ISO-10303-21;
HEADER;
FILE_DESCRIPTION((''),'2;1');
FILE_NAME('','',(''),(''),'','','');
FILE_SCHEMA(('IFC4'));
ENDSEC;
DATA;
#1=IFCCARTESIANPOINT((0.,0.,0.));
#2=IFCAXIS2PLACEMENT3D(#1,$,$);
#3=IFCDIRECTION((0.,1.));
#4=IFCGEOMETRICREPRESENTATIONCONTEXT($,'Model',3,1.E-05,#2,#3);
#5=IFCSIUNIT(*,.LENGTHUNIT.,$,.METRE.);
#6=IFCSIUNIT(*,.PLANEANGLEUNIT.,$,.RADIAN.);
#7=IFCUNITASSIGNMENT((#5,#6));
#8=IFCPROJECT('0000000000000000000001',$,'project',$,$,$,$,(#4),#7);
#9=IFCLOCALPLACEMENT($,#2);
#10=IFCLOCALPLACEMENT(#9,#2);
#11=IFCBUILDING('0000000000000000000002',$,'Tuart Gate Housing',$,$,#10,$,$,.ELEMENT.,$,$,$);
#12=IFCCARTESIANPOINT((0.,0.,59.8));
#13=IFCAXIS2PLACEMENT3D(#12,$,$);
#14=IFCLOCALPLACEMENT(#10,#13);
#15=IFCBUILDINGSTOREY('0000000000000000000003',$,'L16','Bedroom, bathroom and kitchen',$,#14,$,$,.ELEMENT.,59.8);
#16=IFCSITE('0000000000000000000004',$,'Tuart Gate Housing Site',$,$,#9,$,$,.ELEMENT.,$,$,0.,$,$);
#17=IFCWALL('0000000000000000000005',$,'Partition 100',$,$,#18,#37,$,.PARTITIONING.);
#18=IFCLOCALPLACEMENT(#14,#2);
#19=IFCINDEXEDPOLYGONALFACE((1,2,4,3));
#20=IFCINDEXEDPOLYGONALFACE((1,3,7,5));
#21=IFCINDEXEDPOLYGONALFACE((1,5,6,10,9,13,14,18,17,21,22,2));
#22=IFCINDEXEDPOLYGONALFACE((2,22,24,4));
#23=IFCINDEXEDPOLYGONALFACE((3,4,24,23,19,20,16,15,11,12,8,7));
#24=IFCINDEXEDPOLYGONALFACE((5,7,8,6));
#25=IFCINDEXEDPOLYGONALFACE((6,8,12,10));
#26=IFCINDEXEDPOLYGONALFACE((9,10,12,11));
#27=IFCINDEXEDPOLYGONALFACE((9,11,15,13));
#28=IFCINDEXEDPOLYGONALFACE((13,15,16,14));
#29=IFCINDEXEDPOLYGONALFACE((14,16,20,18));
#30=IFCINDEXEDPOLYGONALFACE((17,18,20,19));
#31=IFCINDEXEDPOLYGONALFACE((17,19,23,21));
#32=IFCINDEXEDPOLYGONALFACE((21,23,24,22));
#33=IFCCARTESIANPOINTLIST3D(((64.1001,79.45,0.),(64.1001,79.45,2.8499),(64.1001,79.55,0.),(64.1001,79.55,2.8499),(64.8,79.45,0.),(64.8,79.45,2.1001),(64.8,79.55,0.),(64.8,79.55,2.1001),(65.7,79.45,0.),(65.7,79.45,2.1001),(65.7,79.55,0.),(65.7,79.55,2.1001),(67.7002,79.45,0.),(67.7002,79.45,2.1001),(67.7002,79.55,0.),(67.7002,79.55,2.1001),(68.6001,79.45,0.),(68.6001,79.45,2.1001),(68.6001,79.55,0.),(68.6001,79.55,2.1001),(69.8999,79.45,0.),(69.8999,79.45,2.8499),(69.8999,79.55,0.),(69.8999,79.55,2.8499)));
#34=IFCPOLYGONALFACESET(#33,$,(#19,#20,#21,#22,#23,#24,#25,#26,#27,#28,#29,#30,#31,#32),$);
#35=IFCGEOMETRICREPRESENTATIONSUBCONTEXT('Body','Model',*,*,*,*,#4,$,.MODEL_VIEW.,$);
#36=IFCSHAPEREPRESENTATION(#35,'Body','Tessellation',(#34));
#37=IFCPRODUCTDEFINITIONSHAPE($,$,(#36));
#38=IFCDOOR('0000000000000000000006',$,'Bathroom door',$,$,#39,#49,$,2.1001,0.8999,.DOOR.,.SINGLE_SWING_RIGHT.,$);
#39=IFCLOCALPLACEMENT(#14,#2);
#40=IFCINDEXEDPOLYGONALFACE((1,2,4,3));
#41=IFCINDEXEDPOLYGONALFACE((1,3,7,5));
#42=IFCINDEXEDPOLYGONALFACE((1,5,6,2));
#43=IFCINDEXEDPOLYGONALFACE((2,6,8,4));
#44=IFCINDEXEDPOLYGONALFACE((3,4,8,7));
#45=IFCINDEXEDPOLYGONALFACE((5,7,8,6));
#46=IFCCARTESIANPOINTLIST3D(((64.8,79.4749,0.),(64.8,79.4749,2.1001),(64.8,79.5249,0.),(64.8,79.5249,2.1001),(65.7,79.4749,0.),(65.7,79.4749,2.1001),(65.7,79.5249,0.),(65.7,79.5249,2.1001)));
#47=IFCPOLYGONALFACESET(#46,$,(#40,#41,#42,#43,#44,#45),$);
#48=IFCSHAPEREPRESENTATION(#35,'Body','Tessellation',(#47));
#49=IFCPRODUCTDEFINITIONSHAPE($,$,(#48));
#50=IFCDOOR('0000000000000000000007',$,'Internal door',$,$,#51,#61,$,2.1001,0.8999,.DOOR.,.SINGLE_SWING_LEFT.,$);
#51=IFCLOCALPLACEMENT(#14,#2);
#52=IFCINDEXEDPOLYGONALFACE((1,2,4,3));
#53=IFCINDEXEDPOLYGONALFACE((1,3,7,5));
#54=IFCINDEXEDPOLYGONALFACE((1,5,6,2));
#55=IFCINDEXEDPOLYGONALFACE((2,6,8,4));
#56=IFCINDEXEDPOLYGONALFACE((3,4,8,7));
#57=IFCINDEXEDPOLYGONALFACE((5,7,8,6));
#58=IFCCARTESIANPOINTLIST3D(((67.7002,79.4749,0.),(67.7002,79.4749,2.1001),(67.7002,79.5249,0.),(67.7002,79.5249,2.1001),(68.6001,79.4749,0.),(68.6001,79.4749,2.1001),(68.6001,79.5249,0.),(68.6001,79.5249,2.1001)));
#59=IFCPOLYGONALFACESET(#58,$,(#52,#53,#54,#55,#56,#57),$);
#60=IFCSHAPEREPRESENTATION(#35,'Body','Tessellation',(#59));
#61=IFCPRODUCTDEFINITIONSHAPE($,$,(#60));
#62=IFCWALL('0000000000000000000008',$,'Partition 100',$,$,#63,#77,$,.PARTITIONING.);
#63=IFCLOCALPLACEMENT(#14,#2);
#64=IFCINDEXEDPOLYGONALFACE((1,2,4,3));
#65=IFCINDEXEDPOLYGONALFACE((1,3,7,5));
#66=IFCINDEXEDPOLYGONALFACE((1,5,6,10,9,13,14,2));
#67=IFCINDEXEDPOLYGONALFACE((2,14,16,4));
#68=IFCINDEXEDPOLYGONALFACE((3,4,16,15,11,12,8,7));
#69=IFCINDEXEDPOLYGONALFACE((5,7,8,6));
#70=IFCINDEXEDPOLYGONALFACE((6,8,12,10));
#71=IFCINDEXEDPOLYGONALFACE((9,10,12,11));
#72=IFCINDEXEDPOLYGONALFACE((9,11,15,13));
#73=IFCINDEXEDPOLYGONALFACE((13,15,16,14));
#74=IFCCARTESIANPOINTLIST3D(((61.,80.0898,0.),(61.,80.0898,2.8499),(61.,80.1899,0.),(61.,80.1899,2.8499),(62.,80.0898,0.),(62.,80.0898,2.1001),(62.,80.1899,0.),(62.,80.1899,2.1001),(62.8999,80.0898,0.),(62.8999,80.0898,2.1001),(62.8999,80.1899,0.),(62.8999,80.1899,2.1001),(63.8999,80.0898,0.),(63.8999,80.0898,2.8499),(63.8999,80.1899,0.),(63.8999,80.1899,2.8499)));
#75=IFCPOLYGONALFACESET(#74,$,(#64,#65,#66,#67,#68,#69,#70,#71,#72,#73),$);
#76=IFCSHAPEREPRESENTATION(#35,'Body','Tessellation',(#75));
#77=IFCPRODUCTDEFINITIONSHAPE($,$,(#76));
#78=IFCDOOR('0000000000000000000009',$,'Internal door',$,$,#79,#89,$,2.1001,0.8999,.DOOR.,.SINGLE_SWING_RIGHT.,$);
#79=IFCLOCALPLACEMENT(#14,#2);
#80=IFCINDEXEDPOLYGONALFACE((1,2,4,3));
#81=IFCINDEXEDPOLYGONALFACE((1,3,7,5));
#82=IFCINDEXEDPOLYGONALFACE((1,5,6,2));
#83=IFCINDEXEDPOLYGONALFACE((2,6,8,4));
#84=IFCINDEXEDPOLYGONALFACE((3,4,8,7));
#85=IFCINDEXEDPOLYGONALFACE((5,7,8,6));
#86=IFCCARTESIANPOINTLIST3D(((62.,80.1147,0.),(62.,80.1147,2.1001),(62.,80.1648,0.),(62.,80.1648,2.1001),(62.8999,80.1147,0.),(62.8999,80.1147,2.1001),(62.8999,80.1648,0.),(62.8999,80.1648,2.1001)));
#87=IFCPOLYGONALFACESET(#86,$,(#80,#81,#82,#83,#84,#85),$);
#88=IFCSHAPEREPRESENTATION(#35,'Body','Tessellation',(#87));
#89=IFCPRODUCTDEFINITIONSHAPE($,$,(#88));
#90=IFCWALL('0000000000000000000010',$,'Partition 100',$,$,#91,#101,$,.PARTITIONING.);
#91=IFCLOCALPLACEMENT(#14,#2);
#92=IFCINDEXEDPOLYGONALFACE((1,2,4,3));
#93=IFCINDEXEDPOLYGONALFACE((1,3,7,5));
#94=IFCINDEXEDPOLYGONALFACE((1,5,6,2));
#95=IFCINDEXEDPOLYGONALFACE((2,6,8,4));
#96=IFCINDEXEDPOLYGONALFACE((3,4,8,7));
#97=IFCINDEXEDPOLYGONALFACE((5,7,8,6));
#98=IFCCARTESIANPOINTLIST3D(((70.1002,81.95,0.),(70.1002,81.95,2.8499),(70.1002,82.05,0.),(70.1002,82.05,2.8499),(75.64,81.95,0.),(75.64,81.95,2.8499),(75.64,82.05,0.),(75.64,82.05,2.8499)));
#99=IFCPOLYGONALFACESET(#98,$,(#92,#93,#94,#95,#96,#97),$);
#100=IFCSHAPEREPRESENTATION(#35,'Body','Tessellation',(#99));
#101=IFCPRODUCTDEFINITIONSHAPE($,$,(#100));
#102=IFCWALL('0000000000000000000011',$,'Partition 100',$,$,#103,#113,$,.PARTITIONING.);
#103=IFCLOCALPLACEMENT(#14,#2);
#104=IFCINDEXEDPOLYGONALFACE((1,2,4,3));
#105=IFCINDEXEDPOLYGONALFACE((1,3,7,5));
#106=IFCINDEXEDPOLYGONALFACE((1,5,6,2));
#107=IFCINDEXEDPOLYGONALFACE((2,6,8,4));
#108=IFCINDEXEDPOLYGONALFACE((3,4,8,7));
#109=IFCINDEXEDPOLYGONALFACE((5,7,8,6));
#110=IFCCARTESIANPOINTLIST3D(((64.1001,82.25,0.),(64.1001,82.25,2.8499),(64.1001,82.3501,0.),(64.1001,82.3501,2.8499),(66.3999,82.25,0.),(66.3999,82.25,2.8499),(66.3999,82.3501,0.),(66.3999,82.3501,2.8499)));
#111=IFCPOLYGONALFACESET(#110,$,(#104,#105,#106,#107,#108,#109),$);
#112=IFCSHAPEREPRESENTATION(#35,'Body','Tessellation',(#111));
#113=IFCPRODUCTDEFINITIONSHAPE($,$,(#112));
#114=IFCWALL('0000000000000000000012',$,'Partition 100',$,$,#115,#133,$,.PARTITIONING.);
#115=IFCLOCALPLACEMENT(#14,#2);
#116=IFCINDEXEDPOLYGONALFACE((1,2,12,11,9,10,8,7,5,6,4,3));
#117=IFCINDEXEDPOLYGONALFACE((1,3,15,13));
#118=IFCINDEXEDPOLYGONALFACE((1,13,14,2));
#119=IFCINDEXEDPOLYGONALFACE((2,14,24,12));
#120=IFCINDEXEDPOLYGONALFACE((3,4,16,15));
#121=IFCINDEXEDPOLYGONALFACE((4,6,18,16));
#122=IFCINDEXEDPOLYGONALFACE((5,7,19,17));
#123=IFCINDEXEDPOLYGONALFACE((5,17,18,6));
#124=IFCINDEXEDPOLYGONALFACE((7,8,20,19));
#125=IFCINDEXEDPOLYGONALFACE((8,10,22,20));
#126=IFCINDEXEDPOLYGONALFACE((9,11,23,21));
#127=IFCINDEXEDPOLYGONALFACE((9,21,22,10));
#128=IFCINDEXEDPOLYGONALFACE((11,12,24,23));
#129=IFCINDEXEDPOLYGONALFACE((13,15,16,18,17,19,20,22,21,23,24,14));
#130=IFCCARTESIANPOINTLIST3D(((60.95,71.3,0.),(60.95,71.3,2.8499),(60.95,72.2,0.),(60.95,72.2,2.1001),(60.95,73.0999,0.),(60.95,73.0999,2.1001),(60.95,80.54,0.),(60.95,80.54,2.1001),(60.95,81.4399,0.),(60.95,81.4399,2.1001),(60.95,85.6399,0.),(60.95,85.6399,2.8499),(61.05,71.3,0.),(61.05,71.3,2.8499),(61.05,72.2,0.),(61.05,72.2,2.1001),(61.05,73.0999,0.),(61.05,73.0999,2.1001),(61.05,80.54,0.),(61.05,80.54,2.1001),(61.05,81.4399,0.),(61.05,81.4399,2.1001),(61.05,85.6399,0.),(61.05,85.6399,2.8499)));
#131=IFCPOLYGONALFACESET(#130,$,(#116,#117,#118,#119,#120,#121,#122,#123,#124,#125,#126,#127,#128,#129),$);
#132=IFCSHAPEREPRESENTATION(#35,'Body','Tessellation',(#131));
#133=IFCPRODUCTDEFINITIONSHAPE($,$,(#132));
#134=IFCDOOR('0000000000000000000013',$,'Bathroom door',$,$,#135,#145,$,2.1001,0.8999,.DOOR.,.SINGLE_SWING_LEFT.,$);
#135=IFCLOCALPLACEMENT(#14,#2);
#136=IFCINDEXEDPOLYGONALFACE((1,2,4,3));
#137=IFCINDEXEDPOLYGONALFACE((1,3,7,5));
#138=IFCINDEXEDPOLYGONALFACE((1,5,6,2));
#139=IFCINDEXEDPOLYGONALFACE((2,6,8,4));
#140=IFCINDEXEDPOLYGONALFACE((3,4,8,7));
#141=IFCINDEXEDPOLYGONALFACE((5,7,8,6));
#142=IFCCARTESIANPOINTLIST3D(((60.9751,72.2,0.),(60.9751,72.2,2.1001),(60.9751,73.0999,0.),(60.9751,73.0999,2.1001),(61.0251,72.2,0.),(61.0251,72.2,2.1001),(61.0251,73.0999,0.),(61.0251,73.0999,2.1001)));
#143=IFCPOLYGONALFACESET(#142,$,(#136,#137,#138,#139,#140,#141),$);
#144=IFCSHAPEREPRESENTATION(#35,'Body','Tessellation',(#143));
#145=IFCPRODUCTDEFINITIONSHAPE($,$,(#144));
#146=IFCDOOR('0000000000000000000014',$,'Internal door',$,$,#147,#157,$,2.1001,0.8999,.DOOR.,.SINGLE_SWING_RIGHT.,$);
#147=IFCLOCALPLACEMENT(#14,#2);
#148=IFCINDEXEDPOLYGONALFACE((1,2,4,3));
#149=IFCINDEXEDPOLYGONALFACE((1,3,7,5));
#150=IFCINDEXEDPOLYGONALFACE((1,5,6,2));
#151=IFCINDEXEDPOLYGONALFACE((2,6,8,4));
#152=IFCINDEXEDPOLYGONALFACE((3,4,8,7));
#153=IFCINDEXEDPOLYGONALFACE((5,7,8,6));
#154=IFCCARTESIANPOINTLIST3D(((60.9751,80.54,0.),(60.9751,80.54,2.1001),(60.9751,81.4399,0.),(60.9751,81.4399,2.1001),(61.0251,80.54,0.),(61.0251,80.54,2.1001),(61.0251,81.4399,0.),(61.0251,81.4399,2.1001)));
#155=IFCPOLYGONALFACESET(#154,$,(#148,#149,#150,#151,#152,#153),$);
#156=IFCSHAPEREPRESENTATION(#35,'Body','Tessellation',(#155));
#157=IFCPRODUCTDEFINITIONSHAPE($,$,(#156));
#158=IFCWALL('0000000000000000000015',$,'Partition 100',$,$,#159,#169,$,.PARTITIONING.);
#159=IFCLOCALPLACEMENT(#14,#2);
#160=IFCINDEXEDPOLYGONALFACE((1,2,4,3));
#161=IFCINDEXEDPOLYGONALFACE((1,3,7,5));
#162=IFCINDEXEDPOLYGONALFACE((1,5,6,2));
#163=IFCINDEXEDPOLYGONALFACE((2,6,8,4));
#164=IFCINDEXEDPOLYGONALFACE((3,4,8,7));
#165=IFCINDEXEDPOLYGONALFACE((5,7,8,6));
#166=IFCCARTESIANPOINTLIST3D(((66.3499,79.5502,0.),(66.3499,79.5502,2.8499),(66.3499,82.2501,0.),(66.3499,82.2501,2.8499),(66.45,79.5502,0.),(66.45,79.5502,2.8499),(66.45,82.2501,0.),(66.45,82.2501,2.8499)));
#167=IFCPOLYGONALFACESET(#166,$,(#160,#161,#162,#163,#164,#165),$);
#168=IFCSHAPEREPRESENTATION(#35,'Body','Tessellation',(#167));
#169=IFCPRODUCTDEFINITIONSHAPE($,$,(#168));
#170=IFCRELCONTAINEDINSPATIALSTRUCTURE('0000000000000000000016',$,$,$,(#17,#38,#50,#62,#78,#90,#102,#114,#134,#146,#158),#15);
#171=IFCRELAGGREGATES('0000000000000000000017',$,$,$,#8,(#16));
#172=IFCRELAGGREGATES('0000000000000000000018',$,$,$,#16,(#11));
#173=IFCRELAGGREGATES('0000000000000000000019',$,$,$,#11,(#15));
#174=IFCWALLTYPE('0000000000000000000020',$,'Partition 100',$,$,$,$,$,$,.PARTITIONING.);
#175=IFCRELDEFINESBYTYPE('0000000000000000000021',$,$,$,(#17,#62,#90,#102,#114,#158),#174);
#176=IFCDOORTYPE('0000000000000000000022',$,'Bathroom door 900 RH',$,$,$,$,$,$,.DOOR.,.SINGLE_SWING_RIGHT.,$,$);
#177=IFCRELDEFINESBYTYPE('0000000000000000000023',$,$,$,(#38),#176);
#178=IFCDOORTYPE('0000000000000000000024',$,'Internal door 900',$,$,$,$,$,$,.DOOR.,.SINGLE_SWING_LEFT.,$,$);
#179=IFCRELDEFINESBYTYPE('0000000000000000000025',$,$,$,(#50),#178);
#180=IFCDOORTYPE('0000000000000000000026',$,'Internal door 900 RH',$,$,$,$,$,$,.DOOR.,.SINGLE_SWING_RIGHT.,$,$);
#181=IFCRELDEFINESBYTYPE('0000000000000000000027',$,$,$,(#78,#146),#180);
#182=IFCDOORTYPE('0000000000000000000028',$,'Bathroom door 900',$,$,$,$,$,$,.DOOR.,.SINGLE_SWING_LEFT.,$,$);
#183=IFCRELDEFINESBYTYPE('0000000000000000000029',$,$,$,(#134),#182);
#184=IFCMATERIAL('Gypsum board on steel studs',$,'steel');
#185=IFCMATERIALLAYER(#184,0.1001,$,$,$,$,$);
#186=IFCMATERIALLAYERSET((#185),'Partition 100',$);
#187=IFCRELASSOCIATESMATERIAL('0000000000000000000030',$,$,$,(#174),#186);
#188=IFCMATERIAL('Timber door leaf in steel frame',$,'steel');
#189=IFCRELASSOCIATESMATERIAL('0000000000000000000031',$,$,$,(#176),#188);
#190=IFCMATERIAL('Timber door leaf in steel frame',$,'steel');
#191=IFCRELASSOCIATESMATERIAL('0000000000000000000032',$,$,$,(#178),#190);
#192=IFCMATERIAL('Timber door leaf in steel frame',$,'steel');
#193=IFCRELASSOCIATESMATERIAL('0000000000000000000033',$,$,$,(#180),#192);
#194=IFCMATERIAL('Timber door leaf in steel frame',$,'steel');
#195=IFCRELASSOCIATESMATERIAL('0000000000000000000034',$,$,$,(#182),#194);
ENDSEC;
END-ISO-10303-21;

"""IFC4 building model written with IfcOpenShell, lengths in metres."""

from ifc_helpers import new_model, si_unit, direction, frame, frame_2d, origin, place, context, subcontext, project, spatial, rectangle, extrude, material, layer, layer_set, type_object, element, fill, save


model = new_model("IFC4")

# Units and contexts
model_context = context("Model", 3, precision=1e-05, world=origin(), true_north=direction((0.0, 1.0)))
body_context = subcontext(model_context, "Body", "Model", "MODEL_VIEW")
ifc_project = project(units=[si_unit("LENGTHUNIT", "METRE"), si_unit("PLANEANGLEUNIT", "RADIAN")], contexts=[model_context])

# Site, building, storey
site_placement = place(None, origin())
site = spatial("IfcSite", under=ifc_project, at=site_placement, Name="Tuart Gate Housing Site", CompositionType="ELEMENT", RefElevation=0.0)
building_placement = place(site_placement, origin())
building = spatial("IfcBuilding", under=site, at=building_placement, Name="Tuart Gate Housing", CompositionType="ELEMENT")
storey_placement = place(building_placement, frame((0.0, 0.0, 59.8)))
storey = spatial("IfcBuildingStorey", under=building, at=storey_placement, Name="L16", Description="Bedroom, bathroom and kitchen", CompositionType="ELEMENT", Elevation=59.8)

# Wall, openings, doors
ifc_material_1 = material(Name="Gypsum board on steel studs", Category="steel")
ifc_layer_1 = layer(ifc_material_1, 0.1001)
ifc_layer_set_1 = layer_set([ifc_layer_1], Name="Partition 100")
wall_type_1 = type_object("IfcWallType", Name="Partition 100", PredefinedType="PARTITIONING", material=ifc_layer_set_1)
wall_1_placement = place(storey_placement, frame((64.1001, 79.5, 0.0), z_axis=(0.0, 0.0, 1.0), x_axis=(1.0, 0.0, 0.0)))
wall_1 = element("IfcWall", 1, at=wall_1_placement, inside=storey, type_object=wall_type_1, Name="Partition 100", PredefinedType="PARTITIONING", context=body_context, shape_type="SweptSolid", body=[
    extrude(rectangle(XDim=5.7998, YDim=0.1001, at=frame_2d((2.8999, 0.0))), origin(), (0.0, 0.0, 1.0), 2.8499),
])
opening_1_placement = place(wall_1_placement, frame((3.6001, 0.0, 0.0)))
opening_1 = element("IfcOpeningElement", 2, at=opening_1_placement, cuts=wall_1, PredefinedType="OPENING", context=body_context, shape_type="SweptSolid", body=[
    extrude(rectangle(XDim=0.8999, YDim=2.1001, at=frame_2d((0.45, 1.05))), frame((0.0, 0.0601, 0.0), z_axis=(0.0, -1.0, 0.0), x_axis=(1.0, 0.0, 0.0)), (0.0, 0.0, 1.0), 0.1201),
])
opening_2_placement = place(wall_1_placement, frame((0.7, 0.0, 0.0)))
opening_2 = element("IfcOpeningElement", 3, at=opening_2_placement, cuts=wall_1, PredefinedType="OPENING", context=body_context, shape_type="SweptSolid", body=[
    extrude(rectangle(XDim=0.8999, YDim=2.1001, at=frame_2d((0.45, 1.05))), frame((0.0, 0.0601, 0.0), z_axis=(0.0, -1.0, 0.0), x_axis=(1.0, 0.0, 0.0)), (0.0, 0.0, 1.0), 0.1201),
])
ifc_material_2 = material(Name="Timber door leaf in steel frame", Category="steel")
door_type_1 = type_object("IfcDoorType", Name="Bathroom door 900 RH", OperationType="SINGLE_SWING_RIGHT", PredefinedType="DOOR", material=ifc_material_2)
door_1_placement = place(opening_2_placement, origin())
door_1 = element("IfcDoor", 4, at=door_1_placement, inside=storey, type_object=door_type_1, Name="Bathroom door", OperationType="SINGLE_SWING_RIGHT", OverallHeight=2.1001, OverallWidth=0.8999, PredefinedType="DOOR", context=body_context, shape_type="SweptSolid", body=[
    extrude(rectangle(XDim=0.8999, YDim=2.1001, at=frame_2d((0.45, 1.05))), frame((0.0, 0.0249, 0.0), z_axis=(0.0, -1.0, 0.0), x_axis=(1.0, 0.0, 0.0)), (0.0, 0.0, 1.0), 0.05),
])
fill(opening_2, door_1)
ifc_material_3 = material(Name="Timber door leaf in steel frame", Category="steel")
door_type_2 = type_object("IfcDoorType", Name="Internal door 900", OperationType="SINGLE_SWING_LEFT", PredefinedType="DOOR", material=ifc_material_3)
door_2_placement = place(opening_1_placement, frame((0.8999, 0.0, 0.0), z_axis=(0.0, 0.0, 1.0), x_axis=(-1.0, 0.0, 0.0)))
door_2 = element("IfcDoor", 5, at=door_2_placement, inside=storey, type_object=door_type_2, Name="Internal door", OperationType="SINGLE_SWING_LEFT", OverallHeight=2.1001, OverallWidth=0.8999, PredefinedType="DOOR", context=body_context, shape_type="SweptSolid", body=[
    extrude(rectangle(XDim=0.8999, YDim=2.1001, at=frame_2d((0.45, 1.05))), frame((0.0, 0.0251, 0.0), z_axis=(0.0, -1.0, 0.0), x_axis=(1.0, 0.0, 0.0)), (0.0, 0.0, 1.0), 0.05),
])
fill(opening_1, door_2)

# Wall, opening, door
wall_2_placement = place(storey_placement, frame((61.0, 80.1399, 0.0), z_axis=(0.0, 0.0, 1.0), x_axis=(1.0, 0.0, 0.0)))
wall_2 = element("IfcWall", 6, at=wall_2_placement, inside=storey, type_object=wall_type_1, Name="Partition 100", PredefinedType="PARTITIONING", context=body_context, shape_type="SweptSolid", body=[
    extrude(rectangle(XDim=2.8999, YDim=0.1001, at=frame_2d((1.45, 0.0))), origin(), (0.0, 0.0, 1.0), 2.8499),
])
opening_3_placement = place(wall_2_placement, frame((1.0, 0.0, 0.0)))
opening_3 = element("IfcOpeningElement", 7, at=opening_3_placement, cuts=wall_2, PredefinedType="OPENING", context=body_context, shape_type="SweptSolid", body=[
    extrude(rectangle(XDim=0.8999, YDim=2.1001, at=frame_2d((0.45, 1.05))), frame((0.0, 0.0601, 0.0), z_axis=(0.0, -1.0, 0.0), x_axis=(1.0, 0.0, 0.0)), (0.0, 0.0, 1.0), 0.1201),
])
ifc_material_4 = material(Name="Timber door leaf in steel frame", Category="steel")
door_type_3 = type_object("IfcDoorType", Name="Internal door 900 RH", OperationType="SINGLE_SWING_RIGHT", PredefinedType="DOOR", material=ifc_material_4)
door_3_placement = place(opening_3_placement, frame((0.8999, 0.0, 0.0), z_axis=(0.0, 0.0, 1.0), x_axis=(-1.0, 0.0, 0.0)))
door_3 = element("IfcDoor", 8, at=door_3_placement, inside=storey, type_object=door_type_3, Name="Internal door", OperationType="SINGLE_SWING_RIGHT", OverallHeight=2.1001, OverallWidth=0.8999, PredefinedType="DOOR", context=body_context, shape_type="SweptSolid", body=[
    extrude(rectangle(XDim=0.8999, YDim=2.1001, at=frame_2d((0.45, 1.05))), frame((0.0, 0.0251, 0.0), z_axis=(0.0, -1.0, 0.0), x_axis=(1.0, 0.0, 0.0)), (0.0, 0.0, 1.0), 0.05),
])
fill(opening_3, door_3)

# Walls
wall_3_placement = place(storey_placement, frame((70.1001, 82.0, 0.0), z_axis=(0.0, 0.0, 1.0), x_axis=(1.0, 0.0, 0.0)))
element("IfcWall", 9, at=wall_3_placement, inside=storey, type_object=wall_type_1, Name="Partition 100", PredefinedType="PARTITIONING", context=body_context, shape_type="SweptSolid", body=[
    extrude(rectangle(XDim=5.5398, YDim=0.1001, at=frame_2d((2.77, 0.0))), origin(), (0.0, 0.0, 1.0), 2.8499),
])
wall_4_placement = place(storey_placement, frame((64.1001, 82.3, 0.0), z_axis=(0.0, 0.0, 1.0), x_axis=(1.0, 0.0, 0.0)))
element("IfcWall", 10, at=wall_4_placement, inside=storey, type_object=wall_type_1, Name="Partition 100", PredefinedType="PARTITIONING", context=body_context, shape_type="SweptSolid", body=[
    extrude(rectangle(XDim=2.2998, YDim=0.1001, at=frame_2d((1.1499, 0.0))), origin(), (0.0, 0.0, 1.0), 2.8499),
])

# Wall, openings, doors
wall_5_placement = place(storey_placement, frame((61.0, 71.3, 0.0), z_axis=(0.0, 0.0, 1.0), x_axis=(0.0, 1.0, 0.0)))
wall_5 = element("IfcWall", 11, at=wall_5_placement, inside=storey, type_object=wall_type_1, Name="Partition 100", PredefinedType="PARTITIONING", context=body_context, shape_type="SweptSolid", body=[
    extrude(rectangle(XDim=14.3398, YDim=0.1001, at=frame_2d((7.1699, 0.0))), origin(), (0.0, 0.0, 1.0), 2.8499),
])
opening_4_placement = place(wall_5_placement, frame((9.24, 0.0, 0.0)))
opening_4 = element("IfcOpeningElement", 12, at=opening_4_placement, cuts=wall_5, PredefinedType="OPENING", context=body_context, shape_type="SweptSolid", body=[
    extrude(rectangle(XDim=0.8999, YDim=2.1001, at=frame_2d((0.45, 1.05))), frame((0.0, 0.0601, 0.0), z_axis=(0.0, -1.0, 0.0), x_axis=(1.0, 0.0, 0.0)), (0.0, 0.0, 1.0), 0.1201),
])
opening_5_placement = place(wall_5_placement, frame((0.8999, 0.0, 0.0)))
opening_5 = element("IfcOpeningElement", 13, at=opening_5_placement, cuts=wall_5, PredefinedType="OPENING", context=body_context, shape_type="SweptSolid", body=[
    extrude(rectangle(XDim=0.8999, YDim=2.1001, at=frame_2d((0.45, 1.05))), frame((0.0, 0.0601, 0.0), z_axis=(0.0, -1.0, 0.0), x_axis=(1.0, 0.0, 0.0)), (0.0, 0.0, 1.0), 0.1201),
])
ifc_material_5 = material(Name="Timber door leaf in steel frame", Category="steel")
door_type_4 = type_object("IfcDoorType", Name="Bathroom door 900", OperationType="SINGLE_SWING_LEFT", PredefinedType="DOOR", material=ifc_material_5)
door_4_placement = place(opening_5_placement, origin())
door_4 = element("IfcDoor", 14, at=door_4_placement, inside=storey, type_object=door_type_4, Name="Bathroom door", OperationType="SINGLE_SWING_LEFT", OverallHeight=2.1001, OverallWidth=0.8999, PredefinedType="DOOR", context=body_context, shape_type="SweptSolid", body=[
    extrude(rectangle(XDim=0.8999, YDim=2.1001, at=frame_2d((0.45, 1.05))), frame((0.0, 0.0249, 0.0), z_axis=(0.0, -1.0, 0.0), x_axis=(1.0, 0.0, 0.0)), (0.0, 0.0, 1.0), 0.05),
])
fill(opening_5, door_4)
door_5_placement = place(opening_4_placement, origin())
door_5 = element("IfcDoor", 15, at=door_5_placement, inside=storey, type_object=door_type_3, Name="Internal door", OperationType="SINGLE_SWING_RIGHT", OverallHeight=2.1001, OverallWidth=0.8999, PredefinedType="DOOR", context=body_context, shape_type="SweptSolid", body=[
    extrude(rectangle(XDim=0.8999, YDim=2.1001, at=frame_2d((0.45, 1.05))), frame((0.0, 0.0249, 0.0), z_axis=(0.0, -1.0, 0.0), x_axis=(1.0, 0.0, 0.0)), (0.0, 0.0, 1.0), 0.05),
])
fill(opening_4, door_5)

# Wall
wall_6_placement = place(storey_placement, frame((66.3999, 79.55, 0.0), z_axis=(0.0, 0.0, 1.0), x_axis=(0.0, 1.0, 0.0)))
element("IfcWall", 16, at=wall_6_placement, inside=storey, type_object=wall_type_1, Name="Partition 100", PredefinedType="PARTITIONING", context=body_context, shape_type="SweptSolid", body=[
    extrude(rectangle(XDim=2.7, YDim=0.1001, at=frame_2d((1.3501, 0.0))), origin(), (0.0, 0.0, 1.0), 2.8499),
])

save(model, "model.ifc")
